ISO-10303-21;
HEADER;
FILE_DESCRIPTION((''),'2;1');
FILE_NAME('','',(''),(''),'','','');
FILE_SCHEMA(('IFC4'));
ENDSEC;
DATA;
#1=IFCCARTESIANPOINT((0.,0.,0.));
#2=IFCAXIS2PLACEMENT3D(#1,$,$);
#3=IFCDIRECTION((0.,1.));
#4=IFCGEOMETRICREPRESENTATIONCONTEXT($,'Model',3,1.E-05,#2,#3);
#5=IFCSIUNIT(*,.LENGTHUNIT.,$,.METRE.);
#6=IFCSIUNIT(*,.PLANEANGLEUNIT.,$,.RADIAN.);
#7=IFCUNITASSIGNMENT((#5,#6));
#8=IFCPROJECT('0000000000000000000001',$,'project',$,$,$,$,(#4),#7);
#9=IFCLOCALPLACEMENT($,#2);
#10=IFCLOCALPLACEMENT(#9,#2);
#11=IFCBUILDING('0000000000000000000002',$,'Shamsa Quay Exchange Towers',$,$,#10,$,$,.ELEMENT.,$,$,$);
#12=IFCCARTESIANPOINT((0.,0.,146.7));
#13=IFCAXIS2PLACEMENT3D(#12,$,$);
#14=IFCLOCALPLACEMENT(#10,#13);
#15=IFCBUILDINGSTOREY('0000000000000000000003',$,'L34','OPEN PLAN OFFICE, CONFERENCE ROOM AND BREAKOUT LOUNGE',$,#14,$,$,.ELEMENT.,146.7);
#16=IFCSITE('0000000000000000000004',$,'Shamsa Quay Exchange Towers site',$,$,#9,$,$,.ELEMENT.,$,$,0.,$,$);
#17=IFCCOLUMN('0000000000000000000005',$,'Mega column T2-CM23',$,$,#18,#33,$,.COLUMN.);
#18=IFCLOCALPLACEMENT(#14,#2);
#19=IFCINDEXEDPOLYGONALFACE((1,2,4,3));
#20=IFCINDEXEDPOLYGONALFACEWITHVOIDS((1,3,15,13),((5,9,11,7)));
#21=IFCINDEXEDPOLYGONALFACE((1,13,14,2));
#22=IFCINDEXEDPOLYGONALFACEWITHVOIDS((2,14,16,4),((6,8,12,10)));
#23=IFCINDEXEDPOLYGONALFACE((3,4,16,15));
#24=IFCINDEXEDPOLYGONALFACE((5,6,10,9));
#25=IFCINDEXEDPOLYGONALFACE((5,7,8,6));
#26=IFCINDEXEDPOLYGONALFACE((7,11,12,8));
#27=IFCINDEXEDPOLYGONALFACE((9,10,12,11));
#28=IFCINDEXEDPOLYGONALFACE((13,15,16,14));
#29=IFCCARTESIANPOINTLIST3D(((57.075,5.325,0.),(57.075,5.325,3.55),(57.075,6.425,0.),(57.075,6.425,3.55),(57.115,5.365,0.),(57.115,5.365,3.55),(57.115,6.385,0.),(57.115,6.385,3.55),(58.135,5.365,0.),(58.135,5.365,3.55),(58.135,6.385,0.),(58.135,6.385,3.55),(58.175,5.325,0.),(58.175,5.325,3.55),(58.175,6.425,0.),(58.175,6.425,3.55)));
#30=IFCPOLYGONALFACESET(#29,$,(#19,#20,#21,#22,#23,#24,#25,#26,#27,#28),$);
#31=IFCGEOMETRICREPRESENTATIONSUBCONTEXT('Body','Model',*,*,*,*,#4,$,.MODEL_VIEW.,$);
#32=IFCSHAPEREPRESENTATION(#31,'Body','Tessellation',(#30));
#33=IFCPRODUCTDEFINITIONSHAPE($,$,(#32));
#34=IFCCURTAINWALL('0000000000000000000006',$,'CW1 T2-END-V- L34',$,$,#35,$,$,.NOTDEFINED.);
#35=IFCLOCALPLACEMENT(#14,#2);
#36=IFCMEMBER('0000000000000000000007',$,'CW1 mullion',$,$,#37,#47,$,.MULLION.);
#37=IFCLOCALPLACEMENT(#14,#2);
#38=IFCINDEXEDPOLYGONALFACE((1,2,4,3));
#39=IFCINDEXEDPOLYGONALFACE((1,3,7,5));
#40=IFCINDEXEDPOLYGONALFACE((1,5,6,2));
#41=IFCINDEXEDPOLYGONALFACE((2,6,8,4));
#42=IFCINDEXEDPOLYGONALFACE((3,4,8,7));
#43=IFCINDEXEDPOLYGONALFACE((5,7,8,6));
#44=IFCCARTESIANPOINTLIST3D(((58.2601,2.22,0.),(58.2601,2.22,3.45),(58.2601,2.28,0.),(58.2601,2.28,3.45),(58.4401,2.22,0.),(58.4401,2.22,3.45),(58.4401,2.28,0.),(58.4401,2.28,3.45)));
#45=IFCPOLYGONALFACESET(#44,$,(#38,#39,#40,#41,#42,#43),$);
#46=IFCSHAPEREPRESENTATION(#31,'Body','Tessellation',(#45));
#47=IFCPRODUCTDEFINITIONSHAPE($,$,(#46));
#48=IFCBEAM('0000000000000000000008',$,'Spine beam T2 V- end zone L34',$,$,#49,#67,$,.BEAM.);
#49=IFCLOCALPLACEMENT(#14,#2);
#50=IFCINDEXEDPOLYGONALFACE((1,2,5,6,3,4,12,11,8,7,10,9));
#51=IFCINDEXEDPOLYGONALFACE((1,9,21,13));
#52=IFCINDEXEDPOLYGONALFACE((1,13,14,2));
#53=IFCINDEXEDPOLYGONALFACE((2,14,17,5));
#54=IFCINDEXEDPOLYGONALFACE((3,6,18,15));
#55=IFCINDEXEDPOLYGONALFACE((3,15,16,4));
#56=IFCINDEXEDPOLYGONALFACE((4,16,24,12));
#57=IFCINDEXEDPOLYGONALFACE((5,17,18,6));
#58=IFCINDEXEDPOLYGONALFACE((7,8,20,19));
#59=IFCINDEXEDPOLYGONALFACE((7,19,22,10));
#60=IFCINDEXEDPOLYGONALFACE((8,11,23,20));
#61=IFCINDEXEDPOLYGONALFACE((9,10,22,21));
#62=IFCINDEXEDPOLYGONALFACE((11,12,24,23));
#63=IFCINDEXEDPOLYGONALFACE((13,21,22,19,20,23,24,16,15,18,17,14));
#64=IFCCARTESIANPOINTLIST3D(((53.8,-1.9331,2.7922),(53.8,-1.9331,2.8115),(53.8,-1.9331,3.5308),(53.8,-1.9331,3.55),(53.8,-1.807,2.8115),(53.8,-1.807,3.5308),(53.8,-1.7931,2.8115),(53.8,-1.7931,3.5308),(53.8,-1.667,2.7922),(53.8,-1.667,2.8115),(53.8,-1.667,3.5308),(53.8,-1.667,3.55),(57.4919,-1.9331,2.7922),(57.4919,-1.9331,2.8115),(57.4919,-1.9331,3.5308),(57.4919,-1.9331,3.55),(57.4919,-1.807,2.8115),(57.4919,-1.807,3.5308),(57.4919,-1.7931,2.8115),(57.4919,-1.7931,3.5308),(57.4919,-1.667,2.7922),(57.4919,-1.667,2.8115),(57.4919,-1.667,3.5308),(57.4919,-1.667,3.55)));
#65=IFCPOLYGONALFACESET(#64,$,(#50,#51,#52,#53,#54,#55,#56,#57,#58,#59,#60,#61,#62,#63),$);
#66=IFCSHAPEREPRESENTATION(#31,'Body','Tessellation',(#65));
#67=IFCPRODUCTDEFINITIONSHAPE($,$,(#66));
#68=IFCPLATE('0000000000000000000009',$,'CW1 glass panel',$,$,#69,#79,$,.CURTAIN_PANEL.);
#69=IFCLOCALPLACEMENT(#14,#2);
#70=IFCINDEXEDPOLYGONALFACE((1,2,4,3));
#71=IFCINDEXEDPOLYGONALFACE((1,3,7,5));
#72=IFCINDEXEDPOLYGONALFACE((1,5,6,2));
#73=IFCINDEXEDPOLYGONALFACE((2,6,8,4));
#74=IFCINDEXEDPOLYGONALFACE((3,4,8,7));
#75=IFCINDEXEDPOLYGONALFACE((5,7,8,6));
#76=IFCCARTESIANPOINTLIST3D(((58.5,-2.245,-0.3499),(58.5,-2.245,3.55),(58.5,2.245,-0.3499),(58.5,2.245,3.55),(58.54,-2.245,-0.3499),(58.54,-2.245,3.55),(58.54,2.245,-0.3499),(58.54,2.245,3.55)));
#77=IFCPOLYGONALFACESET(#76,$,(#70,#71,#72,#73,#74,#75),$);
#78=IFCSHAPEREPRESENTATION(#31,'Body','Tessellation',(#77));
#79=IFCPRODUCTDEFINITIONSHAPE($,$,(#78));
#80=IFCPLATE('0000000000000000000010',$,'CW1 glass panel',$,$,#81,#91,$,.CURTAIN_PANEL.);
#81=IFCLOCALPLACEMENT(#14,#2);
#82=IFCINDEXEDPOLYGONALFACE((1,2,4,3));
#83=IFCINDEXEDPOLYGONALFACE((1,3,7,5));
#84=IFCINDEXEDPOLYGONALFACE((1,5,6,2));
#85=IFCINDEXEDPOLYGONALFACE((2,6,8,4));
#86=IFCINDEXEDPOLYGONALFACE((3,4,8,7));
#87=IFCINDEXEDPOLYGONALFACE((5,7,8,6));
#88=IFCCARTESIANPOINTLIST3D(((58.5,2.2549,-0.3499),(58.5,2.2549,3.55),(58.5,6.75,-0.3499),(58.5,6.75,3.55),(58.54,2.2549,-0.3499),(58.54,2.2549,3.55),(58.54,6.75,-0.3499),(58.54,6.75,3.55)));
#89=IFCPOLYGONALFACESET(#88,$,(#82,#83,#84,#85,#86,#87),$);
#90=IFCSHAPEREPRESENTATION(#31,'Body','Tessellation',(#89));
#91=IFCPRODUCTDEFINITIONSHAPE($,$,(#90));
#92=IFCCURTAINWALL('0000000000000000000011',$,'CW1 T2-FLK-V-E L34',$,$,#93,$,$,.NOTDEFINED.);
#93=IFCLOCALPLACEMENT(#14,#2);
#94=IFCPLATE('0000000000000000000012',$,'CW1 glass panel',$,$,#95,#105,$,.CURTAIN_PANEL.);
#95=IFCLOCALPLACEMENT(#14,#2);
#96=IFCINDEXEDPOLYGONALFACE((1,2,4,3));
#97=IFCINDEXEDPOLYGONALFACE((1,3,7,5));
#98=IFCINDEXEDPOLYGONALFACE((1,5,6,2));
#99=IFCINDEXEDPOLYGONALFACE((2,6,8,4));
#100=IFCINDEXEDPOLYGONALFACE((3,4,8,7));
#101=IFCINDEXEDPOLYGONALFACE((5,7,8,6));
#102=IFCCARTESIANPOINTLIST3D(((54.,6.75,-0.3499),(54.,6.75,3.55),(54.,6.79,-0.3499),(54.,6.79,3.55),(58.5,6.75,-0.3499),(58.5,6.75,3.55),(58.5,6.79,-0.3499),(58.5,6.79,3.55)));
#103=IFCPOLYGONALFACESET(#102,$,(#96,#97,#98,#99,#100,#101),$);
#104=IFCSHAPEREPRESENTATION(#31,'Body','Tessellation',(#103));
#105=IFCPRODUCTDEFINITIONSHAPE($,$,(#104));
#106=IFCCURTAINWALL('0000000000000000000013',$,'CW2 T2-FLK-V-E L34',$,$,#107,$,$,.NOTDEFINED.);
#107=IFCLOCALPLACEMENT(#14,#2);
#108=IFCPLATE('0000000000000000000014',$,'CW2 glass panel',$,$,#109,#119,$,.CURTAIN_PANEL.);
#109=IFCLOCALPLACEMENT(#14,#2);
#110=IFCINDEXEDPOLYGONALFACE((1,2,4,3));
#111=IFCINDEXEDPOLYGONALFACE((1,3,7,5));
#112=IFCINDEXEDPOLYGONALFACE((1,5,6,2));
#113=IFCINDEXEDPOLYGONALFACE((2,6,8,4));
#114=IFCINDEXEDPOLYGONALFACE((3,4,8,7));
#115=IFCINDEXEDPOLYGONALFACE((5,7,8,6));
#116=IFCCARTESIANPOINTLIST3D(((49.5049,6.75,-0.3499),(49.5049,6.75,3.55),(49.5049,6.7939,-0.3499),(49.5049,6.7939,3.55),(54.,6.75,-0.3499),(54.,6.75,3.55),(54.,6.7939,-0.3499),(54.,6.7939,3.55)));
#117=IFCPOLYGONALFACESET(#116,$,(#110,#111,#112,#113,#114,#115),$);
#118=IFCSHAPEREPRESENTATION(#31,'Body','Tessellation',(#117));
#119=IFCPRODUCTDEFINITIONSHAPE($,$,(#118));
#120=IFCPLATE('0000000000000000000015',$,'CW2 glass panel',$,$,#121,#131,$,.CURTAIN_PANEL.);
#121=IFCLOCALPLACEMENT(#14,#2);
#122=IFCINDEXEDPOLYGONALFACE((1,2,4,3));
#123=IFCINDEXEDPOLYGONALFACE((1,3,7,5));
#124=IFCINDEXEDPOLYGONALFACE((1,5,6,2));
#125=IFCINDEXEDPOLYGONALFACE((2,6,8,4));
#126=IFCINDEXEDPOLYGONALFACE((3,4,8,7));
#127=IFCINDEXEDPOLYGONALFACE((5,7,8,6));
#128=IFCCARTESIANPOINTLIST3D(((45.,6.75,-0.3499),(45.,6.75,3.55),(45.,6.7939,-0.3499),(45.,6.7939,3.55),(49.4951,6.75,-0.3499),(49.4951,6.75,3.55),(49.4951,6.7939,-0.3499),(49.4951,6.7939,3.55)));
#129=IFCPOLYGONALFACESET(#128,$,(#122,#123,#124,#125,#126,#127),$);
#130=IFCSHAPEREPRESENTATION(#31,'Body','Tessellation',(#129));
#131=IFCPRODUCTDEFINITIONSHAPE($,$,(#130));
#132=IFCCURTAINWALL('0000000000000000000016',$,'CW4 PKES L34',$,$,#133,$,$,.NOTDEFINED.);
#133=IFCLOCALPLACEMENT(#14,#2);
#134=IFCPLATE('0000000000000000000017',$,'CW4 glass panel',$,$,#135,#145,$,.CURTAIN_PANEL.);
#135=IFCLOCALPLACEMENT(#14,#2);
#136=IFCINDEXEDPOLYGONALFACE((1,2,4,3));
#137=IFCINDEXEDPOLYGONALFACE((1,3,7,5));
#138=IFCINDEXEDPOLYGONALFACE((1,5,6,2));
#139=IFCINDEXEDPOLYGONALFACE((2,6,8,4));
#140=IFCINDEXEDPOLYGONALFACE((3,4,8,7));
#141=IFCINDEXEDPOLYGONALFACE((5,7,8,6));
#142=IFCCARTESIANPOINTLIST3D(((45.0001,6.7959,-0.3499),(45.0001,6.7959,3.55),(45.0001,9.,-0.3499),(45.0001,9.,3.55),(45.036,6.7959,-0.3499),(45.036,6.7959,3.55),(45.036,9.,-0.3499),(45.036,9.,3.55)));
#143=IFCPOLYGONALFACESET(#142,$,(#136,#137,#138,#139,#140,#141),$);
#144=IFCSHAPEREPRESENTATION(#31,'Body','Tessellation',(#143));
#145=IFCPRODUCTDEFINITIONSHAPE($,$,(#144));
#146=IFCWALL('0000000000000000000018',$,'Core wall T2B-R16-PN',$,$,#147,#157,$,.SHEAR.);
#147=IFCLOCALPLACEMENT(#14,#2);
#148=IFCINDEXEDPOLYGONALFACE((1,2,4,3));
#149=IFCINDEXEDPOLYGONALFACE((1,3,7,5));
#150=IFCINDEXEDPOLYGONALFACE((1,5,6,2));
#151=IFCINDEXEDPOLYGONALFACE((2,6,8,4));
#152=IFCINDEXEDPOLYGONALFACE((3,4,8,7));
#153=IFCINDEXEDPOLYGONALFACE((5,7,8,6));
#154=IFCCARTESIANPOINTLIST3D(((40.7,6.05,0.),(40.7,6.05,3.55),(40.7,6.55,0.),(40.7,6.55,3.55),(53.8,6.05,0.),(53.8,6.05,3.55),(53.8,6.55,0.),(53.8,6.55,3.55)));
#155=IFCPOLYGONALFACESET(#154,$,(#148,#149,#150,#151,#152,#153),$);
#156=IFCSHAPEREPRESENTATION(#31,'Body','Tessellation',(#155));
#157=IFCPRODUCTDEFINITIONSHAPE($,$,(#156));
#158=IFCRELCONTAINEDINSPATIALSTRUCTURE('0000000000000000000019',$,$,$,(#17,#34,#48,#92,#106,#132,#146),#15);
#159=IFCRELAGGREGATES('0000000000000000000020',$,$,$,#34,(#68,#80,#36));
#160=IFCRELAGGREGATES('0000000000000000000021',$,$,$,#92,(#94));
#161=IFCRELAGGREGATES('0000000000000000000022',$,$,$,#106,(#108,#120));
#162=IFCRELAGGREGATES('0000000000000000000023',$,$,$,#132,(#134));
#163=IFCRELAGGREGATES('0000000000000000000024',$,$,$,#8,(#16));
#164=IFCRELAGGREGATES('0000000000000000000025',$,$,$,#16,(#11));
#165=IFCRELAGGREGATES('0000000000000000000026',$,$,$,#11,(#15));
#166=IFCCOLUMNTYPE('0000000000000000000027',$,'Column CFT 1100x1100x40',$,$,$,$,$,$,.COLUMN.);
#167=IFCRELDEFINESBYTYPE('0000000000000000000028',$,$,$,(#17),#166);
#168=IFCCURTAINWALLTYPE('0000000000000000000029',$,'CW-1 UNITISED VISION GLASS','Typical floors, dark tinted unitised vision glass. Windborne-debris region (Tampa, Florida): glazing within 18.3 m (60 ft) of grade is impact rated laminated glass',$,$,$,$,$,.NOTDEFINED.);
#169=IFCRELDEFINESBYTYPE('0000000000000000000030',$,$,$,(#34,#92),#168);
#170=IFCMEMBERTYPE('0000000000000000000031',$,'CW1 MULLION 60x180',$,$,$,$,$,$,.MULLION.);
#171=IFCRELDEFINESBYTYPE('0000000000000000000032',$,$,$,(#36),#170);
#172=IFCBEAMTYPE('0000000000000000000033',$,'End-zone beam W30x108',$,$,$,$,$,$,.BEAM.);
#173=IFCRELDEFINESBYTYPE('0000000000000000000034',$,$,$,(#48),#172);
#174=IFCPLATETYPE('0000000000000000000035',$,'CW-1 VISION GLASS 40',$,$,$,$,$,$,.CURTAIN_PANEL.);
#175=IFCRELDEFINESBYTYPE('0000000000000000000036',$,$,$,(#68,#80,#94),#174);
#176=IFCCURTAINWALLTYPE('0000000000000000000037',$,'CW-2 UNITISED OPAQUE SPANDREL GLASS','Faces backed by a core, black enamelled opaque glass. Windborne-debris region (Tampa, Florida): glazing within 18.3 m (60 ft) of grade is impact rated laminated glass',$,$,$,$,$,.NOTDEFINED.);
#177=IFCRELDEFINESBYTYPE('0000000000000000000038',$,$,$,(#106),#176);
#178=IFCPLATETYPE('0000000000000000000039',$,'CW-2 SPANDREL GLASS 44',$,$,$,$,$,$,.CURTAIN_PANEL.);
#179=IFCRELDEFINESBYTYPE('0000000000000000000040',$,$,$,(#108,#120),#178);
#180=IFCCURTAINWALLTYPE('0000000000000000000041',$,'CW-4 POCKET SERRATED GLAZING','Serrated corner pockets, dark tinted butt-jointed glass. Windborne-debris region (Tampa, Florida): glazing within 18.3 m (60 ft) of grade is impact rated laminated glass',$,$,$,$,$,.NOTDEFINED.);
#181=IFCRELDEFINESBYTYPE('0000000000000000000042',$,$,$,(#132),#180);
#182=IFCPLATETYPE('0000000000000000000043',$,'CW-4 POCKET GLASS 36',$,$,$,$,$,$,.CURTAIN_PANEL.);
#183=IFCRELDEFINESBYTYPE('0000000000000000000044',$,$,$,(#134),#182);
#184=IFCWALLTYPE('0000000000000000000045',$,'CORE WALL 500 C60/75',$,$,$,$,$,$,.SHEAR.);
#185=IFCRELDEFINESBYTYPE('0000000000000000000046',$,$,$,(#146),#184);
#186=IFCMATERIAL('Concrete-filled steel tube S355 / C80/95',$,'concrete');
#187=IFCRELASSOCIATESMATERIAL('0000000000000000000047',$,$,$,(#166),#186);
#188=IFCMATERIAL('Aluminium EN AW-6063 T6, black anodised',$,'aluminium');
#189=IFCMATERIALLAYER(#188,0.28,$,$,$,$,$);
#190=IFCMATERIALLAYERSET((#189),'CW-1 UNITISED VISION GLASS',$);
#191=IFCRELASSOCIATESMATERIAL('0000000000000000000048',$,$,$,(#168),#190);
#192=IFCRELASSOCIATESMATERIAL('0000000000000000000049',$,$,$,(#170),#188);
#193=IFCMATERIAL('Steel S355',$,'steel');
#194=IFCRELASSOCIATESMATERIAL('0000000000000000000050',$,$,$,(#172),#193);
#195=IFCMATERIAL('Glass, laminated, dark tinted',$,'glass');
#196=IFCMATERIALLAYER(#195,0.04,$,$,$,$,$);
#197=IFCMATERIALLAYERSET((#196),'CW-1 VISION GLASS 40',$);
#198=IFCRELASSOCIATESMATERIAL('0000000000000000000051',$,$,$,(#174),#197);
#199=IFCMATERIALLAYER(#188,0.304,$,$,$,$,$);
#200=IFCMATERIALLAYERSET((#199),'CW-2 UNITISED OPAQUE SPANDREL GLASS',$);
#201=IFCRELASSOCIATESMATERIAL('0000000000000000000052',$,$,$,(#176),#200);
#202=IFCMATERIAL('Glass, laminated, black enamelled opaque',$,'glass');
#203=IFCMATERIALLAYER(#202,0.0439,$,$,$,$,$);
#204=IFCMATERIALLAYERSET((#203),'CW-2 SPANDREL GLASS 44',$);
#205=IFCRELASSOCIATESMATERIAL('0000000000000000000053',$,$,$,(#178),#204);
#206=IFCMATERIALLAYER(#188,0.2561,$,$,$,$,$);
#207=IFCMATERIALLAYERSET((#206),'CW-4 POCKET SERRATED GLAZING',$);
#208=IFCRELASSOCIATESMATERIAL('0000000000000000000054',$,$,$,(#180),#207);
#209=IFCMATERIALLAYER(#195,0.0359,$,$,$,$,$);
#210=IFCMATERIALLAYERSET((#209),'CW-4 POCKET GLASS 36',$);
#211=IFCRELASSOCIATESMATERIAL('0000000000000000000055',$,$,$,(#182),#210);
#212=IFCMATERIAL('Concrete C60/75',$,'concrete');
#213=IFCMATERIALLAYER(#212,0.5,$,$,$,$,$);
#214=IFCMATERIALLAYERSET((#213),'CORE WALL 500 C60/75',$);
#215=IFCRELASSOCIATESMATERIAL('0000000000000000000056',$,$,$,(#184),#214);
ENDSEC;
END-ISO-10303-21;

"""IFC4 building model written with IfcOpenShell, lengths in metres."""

from ifc_helpers import new_model, si_unit, direction, frame, frame_2d, origin, origin_2d, place, context, subcontext, project, spatial, rectangle, hollow_rectangle, i_section, extrude, material, layer, layer_set, material_profile, profile_set, type_object, element, aggregate, save


model = new_model("IFC4")

# Units and contexts
model_context = context("Model", 3, precision=1e-05, world=origin(), true_north=direction((0.0, 1.0)))
body_context = subcontext(model_context, "Body", "Model", "MODEL_VIEW")
ifc_project = project(units=[si_unit("LENGTHUNIT", "METRE"), si_unit("PLANEANGLEUNIT", "RADIAN")], contexts=[model_context])

# Site, building, storey
site_placement = place(None, origin())
site = spatial("IfcSite", under=ifc_project, at=site_placement, Name="Shamsa Quay Exchange Towers site", CompositionType="ELEMENT", RefElevation=0.0)
building_placement = place(site_placement, origin())
building = spatial("IfcBuilding", under=site, at=building_placement, Name="Shamsa Quay Exchange Towers", CompositionType="ELEMENT")
storey_placement = place(building_placement, frame((0.0, 0.0, 146.7)))
storey = spatial("IfcBuildingStorey", under=building, at=storey_placement, Name="L34", Description="OPEN PLAN OFFICE, CONFERENCE ROOM AND BREAKOUT LOUNGE", CompositionType="ELEMENT", Elevation=146.7)

# Column
ifc_material_1 = material(Name="Concrete-filled steel tube S355 / C80/95", Category="concrete")
ifc_material_profile_1 = material_profile(ifc_material_1, hollow_rectangle(XDim=1.1001, YDim=1.1001, WallThickness=0.04, at=origin_2d()), Name="CFT 1100x1100x40")
ifc_profile_set_1 = profile_set([ifc_material_profile_1], Name="Concrete-filled steel tube S355 / C80/95")
column_type = type_object("IfcColumnType", Name="Column CFT 1100x1100x40", PredefinedType="COLUMN", material=ifc_profile_set_1)
column_placement = place(storey_placement, frame((57.625, 5.875, 0.0)))
element("IfcColumn", 1, at=column_placement, inside=storey, type_object=column_type, Name="Mega column T2-CM23", PredefinedType="COLUMN", context=body_context, shape_type="SweptSolid", body=[
    extrude(hollow_rectangle(XDim=1.1001, YDim=1.1001, WallThickness=0.04, at=origin_2d()), origin(), (0.0, 0.0, 1.0), 3.55),
])

# Curtain wall, member
ifc_material_2 = material(Name="Aluminium EN AW-6063 T6, black anodised", Category="aluminium")
ifc_layer_1 = layer(ifc_material_2, 0.28)
ifc_layer_set_1 = layer_set([ifc_layer_1], Name="CW-1 UNITISED VISION GLASS")
curtain_wall_type_1 = type_object("IfcCurtainWallType", Name="CW-1 UNITISED VISION GLASS", Description="Typical floors, dark tinted unitised vision glass. Windborne-debris region (Tampa, Florida): glazing within 18.3 m (60 ft) of grade is impact rated laminated glass", PredefinedType="NOTDEFINED", material=ifc_layer_set_1)
curtain_wall_1_placement = place(storey_placement, origin())
curtain_wall_1 = element("IfcCurtainWall", 2, at=curtain_wall_1_placement, inside=storey, type_object=curtain_wall_type_1, Name="CW1 T2-END-V- L34", PredefinedType="NOTDEFINED")
ifc_material_profile_2 = material_profile(ifc_material_2, rectangle(XDim=0.1799, YDim=0.0601, at=origin_2d()), Name="MU60x180")
ifc_profile_set_2 = profile_set([ifc_material_profile_2], Name="Aluminium EN AW-6063 T6, black anodised")
member_type = type_object("IfcMemberType", Name="CW1 MULLION 60x180", PredefinedType="MULLION", material=ifc_profile_set_2)
member_placement = place(storey_placement, frame((58.3501, 2.25, 0.0), z_axis=(0.0, 0.0, 1.0), x_axis=(-1.0, 0.0, 0.0)))
member = element("IfcMember", 3, at=member_placement, type_object=member_type, Name="CW1 mullion", PredefinedType="MULLION", context=body_context, shape_type="SweptSolid", body=[
    extrude(rectangle(XDim=0.1799, YDim=0.0601, at=origin_2d()), origin(), (0.0, 0.0, 1.0), 3.45),
])

# Beam
ifc_material_3 = material(Name="Steel S355", Category="steel")
ifc_material_profile_3 = material_profile(ifc_material_3, i_section(OverallWidth=0.2661, OverallDepth=0.7578, WebThickness=0.0139, FlangeThickness=0.0193, at=origin_2d()), Name="W30x108")
ifc_profile_set_3 = profile_set([ifc_material_profile_3], Name="Steel S355")
beam_type = type_object("IfcBeamType", Name="End-zone beam W30x108", PredefinedType="BEAM", material=ifc_profile_set_3)
beam_placement = place(storey_placement, frame((53.8, -1.8, 3.1711), z_axis=(1.0, 0.0, 0.0), x_axis=(0.0, 1.0, 0.0)))
element("IfcBeam", 4, at=beam_placement, inside=storey, type_object=beam_type, Name="Spine beam T2 V- end zone L34", PredefinedType="BEAM", context=body_context, shape_type="SweptSolid", body=[
    extrude(i_section(OverallWidth=0.2661, OverallDepth=0.7578, WebThickness=0.0139, FlangeThickness=0.0193, at=origin_2d()), origin(), (0.0, 0.0, 1.0), 3.6919),
])

# Plates
ifc_material_4 = material(Name="Glass, laminated, dark tinted", Category="glass")
ifc_layer_2 = layer(ifc_material_4, 0.04)
ifc_layer_set_2 = layer_set([ifc_layer_2], Name="CW-1 VISION GLASS 40")
plate_type_1 = type_object("IfcPlateType", Name="CW-1 VISION GLASS 40", PredefinedType="CURTAIN_PANEL", material=ifc_layer_set_2)
plate_1_placement = place(storey_placement, frame((58.52, 0.0, -0.3499), z_axis=(0.0, 0.0, 1.0), x_axis=(0.0, 1.0, 0.0)))
plate_1 = element("IfcPlate", 5, at=plate_1_placement, type_object=plate_type_1, Name="CW1 glass panel", PredefinedType="CURTAIN_PANEL", context=body_context, shape_type="SweptSolid", body=[
    extrude(rectangle(XDim=4.49, YDim=0.04, at=origin_2d()), origin(), (0.0, 0.0, 1.0), 3.8999),
])
plate_2_placement = place(storey_placement, frame((58.52, 4.5024, -0.3499), z_axis=(0.0, 0.0, 1.0), x_axis=(0.0, 1.0, 0.0)))
plate_2 = element("IfcPlate", 6, at=plate_2_placement, type_object=plate_type_1, Name="CW1 glass panel", PredefinedType="CURTAIN_PANEL", context=body_context, shape_type="SweptSolid", body=[
    extrude(rectangle(XDim=4.4951, YDim=0.04, at=origin_2d()), origin(), (0.0, 0.0, 1.0), 3.8999),
])
aggregate(curtain_wall_1, [plate_1, plate_2, member])

# Curtain wall, plate
curtain_wall_2_placement = place(storey_placement, origin())
curtain_wall_2 = element("IfcCurtainWall", 7, at=curtain_wall_2_placement, inside=storey, type_object=curtain_wall_type_1, Name="CW1 T2-FLK-V-E L34", PredefinedType="NOTDEFINED")
plate_3_placement = place(storey_placement, frame((56.25, 6.77, -0.3499), z_axis=(0.0, 0.0, 1.0), x_axis=(-1.0, 0.0, 0.0)))
plate_3 = element("IfcPlate", 8, at=plate_3_placement, type_object=plate_type_1, Name="CW1 glass panel", PredefinedType="CURTAIN_PANEL", context=body_context, shape_type="SweptSolid", body=[
    extrude(rectangle(XDim=4.5, YDim=0.04, at=origin_2d()), origin(), (0.0, 0.0, 1.0), 3.8999),
])
aggregate(curtain_wall_2, [plate_3])

# Curtain wall, plates
ifc_layer_3 = layer(ifc_material_2, 0.304)
ifc_layer_set_3 = layer_set([ifc_layer_3], Name="CW-2 UNITISED OPAQUE SPANDREL GLASS")
curtain_wall_type_2 = type_object("IfcCurtainWallType", Name="CW-2 UNITISED OPAQUE SPANDREL GLASS", Description="Faces backed by a core, black enamelled opaque glass. Windborne-debris region (Tampa, Florida): glazing within 18.3 m (60 ft) of grade is impact rated laminated glass", PredefinedType="NOTDEFINED", material=ifc_layer_set_3)
curtain_wall_3_placement = place(storey_placement, origin())
curtain_wall_3 = element("IfcCurtainWall", 9, at=curtain_wall_3_placement, inside=storey, type_object=curtain_wall_type_2, Name="CW2 T2-FLK-V-E L34", PredefinedType="NOTDEFINED")
ifc_material_5 = material(Name="Glass, laminated, black enamelled opaque", Category="glass")
ifc_layer_4 = layer(ifc_material_5, 0.0439)
ifc_layer_set_4 = layer_set([ifc_layer_4], Name="CW-2 SPANDREL GLASS 44")
plate_type_2 = type_object("IfcPlateType", Name="CW-2 SPANDREL GLASS 44", PredefinedType="CURTAIN_PANEL", material=ifc_layer_set_4)
plate_4_placement = place(storey_placement, frame((51.7524, 6.772, -0.3499), z_axis=(0.0, 0.0, 1.0), x_axis=(-1.0, 0.0, 0.0)))
plate_4 = element("IfcPlate", 10, at=plate_4_placement, type_object=plate_type_2, Name="CW2 glass panel", PredefinedType="CURTAIN_PANEL", context=body_context, shape_type="SweptSolid", body=[
    extrude(rectangle(XDim=4.4951, YDim=0.0439, at=origin_2d()), origin(), (0.0, 0.0, 1.0), 3.8999),
])
plate_5_placement = place(storey_placement, frame((47.2476, 6.772, -0.3499), z_axis=(0.0, 0.0, 1.0), x_axis=(-1.0, 0.0, 0.0)))
plate_5 = element("IfcPlate", 11, at=plate_5_placement, type_object=plate_type_2, Name="CW2 glass panel", PredefinedType="CURTAIN_PANEL", context=body_context, shape_type="SweptSolid", body=[
    extrude(rectangle(XDim=4.4951, YDim=0.0439, at=origin_2d()), origin(), (0.0, 0.0, 1.0), 3.8999),
])
aggregate(curtain_wall_3, [plate_4, plate_5])

# Curtain wall, plate
ifc_layer_5 = layer(ifc_material_2, 0.2561)
ifc_layer_set_5 = layer_set([ifc_layer_5], Name="CW-4 POCKET SERRATED GLAZING")
curtain_wall_type_3 = type_object("IfcCurtainWallType", Name="CW-4 POCKET SERRATED GLAZING", Description="Serrated corner pockets, dark tinted butt-jointed glass. Windborne-debris region (Tampa, Florida): glazing within 18.3 m (60 ft) of grade is impact rated laminated glass", PredefinedType="NOTDEFINED", material=ifc_layer_set_5)
curtain_wall_4_placement = place(storey_placement, origin())
curtain_wall_4 = element("IfcCurtainWall", 12, at=curtain_wall_4_placement, inside=storey, type_object=curtain_wall_type_3, Name="CW4 PKES L34", PredefinedType="NOTDEFINED")
ifc_layer_6 = layer(ifc_material_4, 0.0359)
ifc_layer_set_6 = layer_set([ifc_layer_6], Name="CW-4 POCKET GLASS 36")
plate_type_3 = type_object("IfcPlateType", Name="CW-4 POCKET GLASS 36", PredefinedType="CURTAIN_PANEL", material=ifc_layer_set_6)
plate_6_placement = place(storey_placement, frame((45.0181, 7.8979, -0.3499), z_axis=(0.0, 0.0, 1.0), x_axis=(0.0, 1.0, 0.0)))
plate_6 = element("IfcPlate", 13, at=plate_6_placement, type_object=plate_type_3, Name="CW4 glass panel", PredefinedType="CURTAIN_PANEL", context=body_context, shape_type="SweptSolid", body=[
    extrude(rectangle(XDim=2.2041, YDim=0.0359, at=origin_2d()), origin(), (0.0, 0.0, 1.0), 3.8999),
])
aggregate(curtain_wall_4, [plate_6])

# Wall
ifc_material_6 = material(Name="Concrete C60/75", Category="concrete")
ifc_layer_7 = layer(ifc_material_6, 0.5)
ifc_layer_set_7 = layer_set([ifc_layer_7], Name="CORE WALL 500 C60/75")
wall_type_1 = type_object("IfcWallType", Name="CORE WALL 500 C60/75", PredefinedType="SHEAR", material=ifc_layer_set_7)
wall_1_placement = place(storey_placement, frame((53.8, 6.3, 0.0), z_axis=(0.0, 0.0, 1.0), x_axis=(-1.0, 0.0, 0.0)))
element("IfcWall", 14, at=wall_1_placement, inside=storey, type_object=wall_type_1, Name="Core wall T2B-R16-PN", PredefinedType="SHEAR", context=body_context, shape_type="SweptSolid", body=[
    extrude(rectangle(XDim=13.1001, YDim=0.5, at=frame_2d((6.55, 0.0))), origin(), (0.0, 0.0, 1.0), 3.55),
])

save(model, "model.ifc")
